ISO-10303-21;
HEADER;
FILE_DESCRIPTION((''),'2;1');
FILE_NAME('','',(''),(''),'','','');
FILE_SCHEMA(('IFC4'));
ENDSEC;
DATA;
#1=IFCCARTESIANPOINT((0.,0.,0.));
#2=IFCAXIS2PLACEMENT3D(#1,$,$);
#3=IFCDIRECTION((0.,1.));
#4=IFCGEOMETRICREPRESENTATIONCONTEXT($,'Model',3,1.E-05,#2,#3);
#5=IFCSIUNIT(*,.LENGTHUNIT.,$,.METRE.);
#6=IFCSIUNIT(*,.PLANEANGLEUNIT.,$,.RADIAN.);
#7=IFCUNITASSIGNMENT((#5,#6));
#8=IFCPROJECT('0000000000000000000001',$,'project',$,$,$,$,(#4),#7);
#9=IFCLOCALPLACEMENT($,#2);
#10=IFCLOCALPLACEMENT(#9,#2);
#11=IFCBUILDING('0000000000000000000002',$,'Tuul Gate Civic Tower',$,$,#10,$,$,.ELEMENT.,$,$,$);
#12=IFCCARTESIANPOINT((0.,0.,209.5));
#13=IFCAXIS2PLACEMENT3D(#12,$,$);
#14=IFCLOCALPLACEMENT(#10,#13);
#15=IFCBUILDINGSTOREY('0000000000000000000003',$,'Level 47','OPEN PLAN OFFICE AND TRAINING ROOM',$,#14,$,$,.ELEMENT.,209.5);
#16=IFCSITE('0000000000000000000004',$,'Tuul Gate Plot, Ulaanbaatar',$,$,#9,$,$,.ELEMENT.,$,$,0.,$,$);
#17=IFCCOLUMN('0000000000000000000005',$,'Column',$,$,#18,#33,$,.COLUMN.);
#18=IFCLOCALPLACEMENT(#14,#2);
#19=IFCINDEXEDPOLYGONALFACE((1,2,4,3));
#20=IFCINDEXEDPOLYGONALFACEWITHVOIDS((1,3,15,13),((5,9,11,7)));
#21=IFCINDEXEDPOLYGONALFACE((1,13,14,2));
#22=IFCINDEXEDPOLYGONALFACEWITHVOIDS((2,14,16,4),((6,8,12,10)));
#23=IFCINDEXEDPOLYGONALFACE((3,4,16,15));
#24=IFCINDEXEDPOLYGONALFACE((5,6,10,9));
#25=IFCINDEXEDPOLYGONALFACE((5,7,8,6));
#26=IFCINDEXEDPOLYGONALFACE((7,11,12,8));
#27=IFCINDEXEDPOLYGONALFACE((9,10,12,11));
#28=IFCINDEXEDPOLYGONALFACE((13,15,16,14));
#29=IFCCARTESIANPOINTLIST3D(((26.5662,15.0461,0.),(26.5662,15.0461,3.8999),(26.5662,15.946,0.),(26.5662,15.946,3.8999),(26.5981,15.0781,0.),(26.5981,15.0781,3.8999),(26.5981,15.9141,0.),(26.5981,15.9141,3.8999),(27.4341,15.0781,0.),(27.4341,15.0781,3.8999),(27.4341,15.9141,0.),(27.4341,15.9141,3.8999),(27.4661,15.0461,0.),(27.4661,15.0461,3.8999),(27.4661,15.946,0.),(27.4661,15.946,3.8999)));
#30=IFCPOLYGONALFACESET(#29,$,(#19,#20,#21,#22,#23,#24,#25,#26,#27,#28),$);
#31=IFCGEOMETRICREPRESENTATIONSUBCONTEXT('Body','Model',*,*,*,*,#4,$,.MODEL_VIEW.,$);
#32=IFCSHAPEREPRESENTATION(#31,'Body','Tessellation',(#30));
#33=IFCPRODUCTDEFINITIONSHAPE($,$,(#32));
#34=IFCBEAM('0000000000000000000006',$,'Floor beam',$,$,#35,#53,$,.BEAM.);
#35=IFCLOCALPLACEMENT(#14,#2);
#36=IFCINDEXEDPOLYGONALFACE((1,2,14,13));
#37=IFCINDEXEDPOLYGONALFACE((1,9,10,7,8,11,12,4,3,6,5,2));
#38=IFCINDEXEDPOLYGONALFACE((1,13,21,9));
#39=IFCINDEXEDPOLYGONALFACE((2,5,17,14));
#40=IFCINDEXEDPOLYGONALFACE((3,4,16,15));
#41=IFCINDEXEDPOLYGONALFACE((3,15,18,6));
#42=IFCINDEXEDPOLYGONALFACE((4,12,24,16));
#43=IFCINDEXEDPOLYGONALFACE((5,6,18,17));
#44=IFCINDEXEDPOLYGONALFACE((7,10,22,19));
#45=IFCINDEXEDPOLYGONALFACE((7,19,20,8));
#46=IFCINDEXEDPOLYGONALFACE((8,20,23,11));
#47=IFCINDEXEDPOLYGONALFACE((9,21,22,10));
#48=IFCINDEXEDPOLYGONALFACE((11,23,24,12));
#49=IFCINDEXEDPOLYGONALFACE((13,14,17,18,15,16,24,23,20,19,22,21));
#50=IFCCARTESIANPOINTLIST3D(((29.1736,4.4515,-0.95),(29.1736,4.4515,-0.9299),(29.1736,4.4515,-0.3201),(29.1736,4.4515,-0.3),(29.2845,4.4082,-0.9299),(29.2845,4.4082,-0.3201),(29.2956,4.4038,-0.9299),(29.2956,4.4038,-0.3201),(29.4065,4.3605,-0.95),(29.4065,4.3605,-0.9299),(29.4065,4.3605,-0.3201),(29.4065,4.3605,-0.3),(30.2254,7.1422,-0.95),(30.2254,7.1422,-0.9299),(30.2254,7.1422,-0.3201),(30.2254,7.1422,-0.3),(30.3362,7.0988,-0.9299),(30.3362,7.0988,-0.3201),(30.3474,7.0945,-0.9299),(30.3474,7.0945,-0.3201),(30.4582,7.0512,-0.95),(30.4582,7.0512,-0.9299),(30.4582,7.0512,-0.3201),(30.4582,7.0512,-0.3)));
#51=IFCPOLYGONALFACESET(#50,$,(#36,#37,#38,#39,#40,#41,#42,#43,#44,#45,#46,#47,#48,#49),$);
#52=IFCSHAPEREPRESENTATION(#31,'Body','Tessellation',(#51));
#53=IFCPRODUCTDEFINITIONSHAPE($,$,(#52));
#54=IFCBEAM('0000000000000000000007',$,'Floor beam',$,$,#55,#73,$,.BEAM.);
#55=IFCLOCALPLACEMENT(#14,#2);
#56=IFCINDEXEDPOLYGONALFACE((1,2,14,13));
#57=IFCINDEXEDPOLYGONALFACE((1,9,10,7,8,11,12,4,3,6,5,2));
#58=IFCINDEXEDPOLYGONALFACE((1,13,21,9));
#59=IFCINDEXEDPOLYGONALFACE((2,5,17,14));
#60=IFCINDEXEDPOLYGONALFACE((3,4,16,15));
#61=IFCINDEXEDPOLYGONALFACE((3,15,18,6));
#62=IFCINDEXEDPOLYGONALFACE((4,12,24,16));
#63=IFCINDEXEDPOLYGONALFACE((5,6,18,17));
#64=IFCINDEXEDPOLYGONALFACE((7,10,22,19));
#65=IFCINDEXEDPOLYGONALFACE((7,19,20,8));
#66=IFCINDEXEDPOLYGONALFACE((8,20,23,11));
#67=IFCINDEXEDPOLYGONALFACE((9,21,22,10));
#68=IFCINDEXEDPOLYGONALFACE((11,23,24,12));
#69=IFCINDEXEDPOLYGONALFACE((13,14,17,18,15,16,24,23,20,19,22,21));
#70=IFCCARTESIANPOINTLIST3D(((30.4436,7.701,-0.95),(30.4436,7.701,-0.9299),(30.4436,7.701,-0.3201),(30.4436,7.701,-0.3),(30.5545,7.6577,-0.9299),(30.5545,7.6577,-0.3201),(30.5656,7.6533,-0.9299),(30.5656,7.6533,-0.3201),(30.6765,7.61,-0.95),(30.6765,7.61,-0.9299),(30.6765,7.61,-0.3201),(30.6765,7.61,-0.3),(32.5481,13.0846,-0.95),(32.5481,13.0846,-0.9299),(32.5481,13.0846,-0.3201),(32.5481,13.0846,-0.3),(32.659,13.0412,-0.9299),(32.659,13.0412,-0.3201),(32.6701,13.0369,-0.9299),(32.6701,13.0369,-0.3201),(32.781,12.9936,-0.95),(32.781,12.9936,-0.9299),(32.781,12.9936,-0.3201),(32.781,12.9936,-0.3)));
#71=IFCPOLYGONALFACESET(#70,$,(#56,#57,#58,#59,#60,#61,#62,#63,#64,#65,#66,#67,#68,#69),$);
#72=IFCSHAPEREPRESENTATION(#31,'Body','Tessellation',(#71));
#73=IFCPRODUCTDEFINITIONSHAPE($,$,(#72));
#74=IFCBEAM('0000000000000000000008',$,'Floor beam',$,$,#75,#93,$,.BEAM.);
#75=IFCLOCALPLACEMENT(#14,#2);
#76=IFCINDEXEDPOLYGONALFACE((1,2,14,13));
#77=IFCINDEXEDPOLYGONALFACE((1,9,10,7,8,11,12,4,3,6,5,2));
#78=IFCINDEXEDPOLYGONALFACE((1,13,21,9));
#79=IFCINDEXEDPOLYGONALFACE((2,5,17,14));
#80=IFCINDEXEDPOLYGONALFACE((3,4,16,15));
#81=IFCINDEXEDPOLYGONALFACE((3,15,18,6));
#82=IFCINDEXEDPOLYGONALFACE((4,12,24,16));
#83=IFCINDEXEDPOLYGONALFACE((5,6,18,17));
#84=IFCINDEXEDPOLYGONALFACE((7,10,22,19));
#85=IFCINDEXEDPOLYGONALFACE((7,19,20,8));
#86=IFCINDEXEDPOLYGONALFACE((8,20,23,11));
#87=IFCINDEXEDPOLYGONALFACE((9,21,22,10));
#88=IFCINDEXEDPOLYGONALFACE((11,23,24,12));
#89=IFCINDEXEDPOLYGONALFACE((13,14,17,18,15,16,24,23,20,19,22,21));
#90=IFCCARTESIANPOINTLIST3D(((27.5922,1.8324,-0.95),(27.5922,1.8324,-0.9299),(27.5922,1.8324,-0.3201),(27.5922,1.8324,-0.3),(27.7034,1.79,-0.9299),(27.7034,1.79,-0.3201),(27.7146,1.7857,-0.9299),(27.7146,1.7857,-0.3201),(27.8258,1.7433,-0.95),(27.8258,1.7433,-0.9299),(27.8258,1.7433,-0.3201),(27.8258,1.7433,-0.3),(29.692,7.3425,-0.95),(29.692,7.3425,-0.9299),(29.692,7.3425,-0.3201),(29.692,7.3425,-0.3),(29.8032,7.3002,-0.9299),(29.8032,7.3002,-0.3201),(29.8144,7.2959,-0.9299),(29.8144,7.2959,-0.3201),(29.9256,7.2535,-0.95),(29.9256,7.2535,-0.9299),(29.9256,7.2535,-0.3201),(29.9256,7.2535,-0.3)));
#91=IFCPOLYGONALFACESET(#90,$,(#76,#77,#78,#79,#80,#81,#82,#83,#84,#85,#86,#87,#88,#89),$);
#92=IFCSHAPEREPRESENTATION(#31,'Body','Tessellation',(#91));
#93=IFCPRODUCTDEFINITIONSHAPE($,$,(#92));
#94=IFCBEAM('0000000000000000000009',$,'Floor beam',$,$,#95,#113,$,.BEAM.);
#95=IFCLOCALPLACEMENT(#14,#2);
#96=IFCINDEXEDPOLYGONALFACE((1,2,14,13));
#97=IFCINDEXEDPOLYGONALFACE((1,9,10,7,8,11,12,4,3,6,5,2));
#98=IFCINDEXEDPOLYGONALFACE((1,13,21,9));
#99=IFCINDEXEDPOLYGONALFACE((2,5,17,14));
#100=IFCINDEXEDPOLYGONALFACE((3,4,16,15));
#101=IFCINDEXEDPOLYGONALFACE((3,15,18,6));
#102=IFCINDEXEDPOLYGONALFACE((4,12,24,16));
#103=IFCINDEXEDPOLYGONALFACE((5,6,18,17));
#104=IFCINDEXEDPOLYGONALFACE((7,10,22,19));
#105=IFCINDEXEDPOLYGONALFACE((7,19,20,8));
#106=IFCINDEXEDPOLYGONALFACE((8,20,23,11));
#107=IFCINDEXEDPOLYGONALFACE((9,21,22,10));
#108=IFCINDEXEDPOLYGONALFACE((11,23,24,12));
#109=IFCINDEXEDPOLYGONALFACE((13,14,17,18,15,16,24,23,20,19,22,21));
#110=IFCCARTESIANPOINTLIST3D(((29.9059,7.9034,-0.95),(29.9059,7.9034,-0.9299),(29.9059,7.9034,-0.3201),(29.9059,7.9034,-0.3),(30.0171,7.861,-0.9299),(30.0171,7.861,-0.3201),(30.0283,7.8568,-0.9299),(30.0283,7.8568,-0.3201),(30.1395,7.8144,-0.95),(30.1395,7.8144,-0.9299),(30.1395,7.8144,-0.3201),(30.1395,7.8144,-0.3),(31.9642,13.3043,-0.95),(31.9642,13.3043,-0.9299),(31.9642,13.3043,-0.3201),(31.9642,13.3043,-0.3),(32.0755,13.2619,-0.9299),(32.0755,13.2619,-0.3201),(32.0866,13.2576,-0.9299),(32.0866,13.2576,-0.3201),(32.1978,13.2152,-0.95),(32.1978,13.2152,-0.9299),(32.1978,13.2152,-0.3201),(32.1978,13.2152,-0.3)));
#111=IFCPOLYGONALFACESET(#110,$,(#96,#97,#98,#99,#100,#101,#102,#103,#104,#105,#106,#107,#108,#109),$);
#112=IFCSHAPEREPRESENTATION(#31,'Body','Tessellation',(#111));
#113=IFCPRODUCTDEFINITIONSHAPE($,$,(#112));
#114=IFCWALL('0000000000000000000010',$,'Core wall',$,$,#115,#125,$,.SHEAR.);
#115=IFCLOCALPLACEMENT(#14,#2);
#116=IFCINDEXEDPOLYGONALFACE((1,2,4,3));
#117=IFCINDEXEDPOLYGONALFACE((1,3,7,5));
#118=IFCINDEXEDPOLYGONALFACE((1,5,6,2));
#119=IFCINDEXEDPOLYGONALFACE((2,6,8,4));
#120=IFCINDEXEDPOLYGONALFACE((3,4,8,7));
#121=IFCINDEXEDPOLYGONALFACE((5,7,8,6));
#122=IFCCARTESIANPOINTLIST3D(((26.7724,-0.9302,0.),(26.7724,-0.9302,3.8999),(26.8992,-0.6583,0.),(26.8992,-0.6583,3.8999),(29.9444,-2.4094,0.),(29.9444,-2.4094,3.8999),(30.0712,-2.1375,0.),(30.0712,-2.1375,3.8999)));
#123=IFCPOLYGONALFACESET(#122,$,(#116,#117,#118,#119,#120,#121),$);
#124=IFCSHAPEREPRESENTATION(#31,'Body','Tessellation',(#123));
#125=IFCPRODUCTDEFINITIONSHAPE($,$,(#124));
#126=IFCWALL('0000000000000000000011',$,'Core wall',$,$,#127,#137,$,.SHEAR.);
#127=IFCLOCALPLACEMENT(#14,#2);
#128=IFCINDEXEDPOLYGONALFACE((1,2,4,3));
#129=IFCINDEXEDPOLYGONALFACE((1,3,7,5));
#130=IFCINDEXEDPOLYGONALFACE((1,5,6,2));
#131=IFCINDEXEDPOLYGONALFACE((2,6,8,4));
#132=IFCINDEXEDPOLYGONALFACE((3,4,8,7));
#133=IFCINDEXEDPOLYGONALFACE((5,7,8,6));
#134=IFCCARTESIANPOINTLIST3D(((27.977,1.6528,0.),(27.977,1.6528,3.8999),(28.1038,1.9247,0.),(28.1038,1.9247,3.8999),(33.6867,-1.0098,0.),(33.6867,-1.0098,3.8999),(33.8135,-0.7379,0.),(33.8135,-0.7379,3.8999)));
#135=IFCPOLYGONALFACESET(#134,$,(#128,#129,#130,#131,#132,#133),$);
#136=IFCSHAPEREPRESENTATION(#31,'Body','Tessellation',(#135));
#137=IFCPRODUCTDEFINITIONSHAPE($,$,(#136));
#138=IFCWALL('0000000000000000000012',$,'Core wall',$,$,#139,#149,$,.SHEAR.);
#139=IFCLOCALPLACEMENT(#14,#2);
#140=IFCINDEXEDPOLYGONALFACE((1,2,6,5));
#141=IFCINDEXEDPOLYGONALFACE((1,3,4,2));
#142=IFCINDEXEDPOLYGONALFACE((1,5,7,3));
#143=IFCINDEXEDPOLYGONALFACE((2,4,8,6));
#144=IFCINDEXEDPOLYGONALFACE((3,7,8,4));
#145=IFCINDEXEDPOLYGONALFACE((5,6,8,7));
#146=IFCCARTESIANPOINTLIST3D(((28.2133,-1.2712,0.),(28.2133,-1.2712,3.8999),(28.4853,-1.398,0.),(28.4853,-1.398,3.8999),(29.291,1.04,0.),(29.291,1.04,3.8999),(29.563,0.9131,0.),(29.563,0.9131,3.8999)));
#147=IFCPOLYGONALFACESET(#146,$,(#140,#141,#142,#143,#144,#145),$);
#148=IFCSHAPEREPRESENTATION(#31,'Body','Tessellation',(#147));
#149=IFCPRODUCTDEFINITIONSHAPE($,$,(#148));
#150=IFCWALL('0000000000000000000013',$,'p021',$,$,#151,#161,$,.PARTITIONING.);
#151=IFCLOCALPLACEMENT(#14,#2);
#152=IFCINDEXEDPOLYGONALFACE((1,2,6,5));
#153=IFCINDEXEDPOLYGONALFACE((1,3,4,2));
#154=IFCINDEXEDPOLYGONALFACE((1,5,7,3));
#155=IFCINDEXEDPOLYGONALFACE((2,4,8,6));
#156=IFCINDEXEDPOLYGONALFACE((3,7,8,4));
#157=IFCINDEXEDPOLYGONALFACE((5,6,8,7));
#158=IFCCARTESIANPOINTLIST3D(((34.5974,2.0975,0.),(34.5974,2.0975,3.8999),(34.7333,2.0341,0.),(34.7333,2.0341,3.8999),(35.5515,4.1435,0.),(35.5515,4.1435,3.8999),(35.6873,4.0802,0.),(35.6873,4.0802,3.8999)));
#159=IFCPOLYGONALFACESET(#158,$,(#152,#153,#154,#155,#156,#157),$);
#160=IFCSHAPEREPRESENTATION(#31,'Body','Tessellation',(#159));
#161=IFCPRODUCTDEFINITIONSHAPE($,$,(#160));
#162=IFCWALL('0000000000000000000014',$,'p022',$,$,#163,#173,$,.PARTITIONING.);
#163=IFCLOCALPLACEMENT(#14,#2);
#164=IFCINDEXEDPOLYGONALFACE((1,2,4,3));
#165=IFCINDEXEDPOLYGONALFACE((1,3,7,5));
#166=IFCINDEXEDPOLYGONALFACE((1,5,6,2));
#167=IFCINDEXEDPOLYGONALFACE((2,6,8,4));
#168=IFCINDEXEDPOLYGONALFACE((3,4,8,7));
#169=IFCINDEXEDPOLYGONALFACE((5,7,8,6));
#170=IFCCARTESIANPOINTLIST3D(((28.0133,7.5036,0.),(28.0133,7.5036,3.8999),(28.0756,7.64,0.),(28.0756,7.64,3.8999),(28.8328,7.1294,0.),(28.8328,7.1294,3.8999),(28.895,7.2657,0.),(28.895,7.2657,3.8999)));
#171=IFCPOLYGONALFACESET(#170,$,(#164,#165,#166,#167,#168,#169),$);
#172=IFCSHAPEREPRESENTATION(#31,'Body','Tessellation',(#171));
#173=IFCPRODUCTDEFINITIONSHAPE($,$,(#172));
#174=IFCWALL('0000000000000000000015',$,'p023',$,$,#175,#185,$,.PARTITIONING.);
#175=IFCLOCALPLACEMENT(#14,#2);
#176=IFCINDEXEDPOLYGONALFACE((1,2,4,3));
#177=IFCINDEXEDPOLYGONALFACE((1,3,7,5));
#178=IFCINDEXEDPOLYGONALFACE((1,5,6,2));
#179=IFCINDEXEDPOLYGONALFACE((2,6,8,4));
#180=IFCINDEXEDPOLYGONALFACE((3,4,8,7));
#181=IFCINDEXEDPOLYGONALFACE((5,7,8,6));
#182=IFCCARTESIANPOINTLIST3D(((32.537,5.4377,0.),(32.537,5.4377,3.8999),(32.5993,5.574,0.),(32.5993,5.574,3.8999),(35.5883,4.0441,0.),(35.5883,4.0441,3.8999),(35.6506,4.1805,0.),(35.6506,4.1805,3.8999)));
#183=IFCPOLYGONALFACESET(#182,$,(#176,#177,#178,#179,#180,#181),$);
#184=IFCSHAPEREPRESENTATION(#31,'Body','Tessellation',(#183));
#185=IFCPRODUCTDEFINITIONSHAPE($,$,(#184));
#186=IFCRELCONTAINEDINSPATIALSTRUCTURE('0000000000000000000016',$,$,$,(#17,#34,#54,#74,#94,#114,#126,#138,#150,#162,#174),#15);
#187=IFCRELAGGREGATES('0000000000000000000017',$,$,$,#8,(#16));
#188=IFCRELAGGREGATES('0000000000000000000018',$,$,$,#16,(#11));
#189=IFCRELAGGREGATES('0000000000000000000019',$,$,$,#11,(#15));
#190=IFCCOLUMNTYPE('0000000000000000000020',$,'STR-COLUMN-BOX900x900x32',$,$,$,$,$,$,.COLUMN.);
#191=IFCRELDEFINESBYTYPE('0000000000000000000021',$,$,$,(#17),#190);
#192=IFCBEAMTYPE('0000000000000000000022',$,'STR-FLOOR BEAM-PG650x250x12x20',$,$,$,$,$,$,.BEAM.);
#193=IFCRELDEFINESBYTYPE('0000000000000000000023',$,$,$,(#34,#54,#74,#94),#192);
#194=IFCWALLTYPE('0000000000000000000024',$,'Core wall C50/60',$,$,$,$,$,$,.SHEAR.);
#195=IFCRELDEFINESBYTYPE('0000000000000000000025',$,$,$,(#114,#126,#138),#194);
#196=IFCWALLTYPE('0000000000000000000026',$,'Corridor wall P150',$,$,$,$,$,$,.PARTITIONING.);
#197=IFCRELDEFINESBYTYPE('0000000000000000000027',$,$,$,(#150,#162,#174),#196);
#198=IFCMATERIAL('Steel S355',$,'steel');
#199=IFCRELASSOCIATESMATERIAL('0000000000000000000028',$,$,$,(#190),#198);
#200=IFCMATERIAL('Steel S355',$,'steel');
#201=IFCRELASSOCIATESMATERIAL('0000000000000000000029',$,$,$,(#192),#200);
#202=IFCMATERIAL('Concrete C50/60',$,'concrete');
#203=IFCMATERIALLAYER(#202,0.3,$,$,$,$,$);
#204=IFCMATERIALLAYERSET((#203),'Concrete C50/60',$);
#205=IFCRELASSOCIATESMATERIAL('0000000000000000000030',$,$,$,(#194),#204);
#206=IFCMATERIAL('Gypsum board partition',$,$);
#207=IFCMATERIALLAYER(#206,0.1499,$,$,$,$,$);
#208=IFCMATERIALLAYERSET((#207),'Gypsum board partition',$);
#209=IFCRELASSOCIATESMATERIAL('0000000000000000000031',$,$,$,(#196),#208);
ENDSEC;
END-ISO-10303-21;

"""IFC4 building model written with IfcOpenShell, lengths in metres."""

from ifc_helpers import new_model, si_unit, direction, frame, frame_2d, origin, origin_2d, place, context, subcontext, project, spatial, rectangle, hollow_rectangle, i_section, extrude, material, layer, layer_set, material_profile, profile_set, type_object, element, save


model = new_model("IFC4")

# Units and contexts
model_context = context("Model", 3, precision=1e-05, world=origin(), true_north=direction((0.0, 1.0)))
body_context = subcontext(model_context, "Body", "Model", "MODEL_VIEW")
ifc_project = project(units=[si_unit("LENGTHUNIT", "METRE"), si_unit("PLANEANGLEUNIT", "RADIAN")], contexts=[model_context])

# Site, building, storey
site_placement = place(None, origin())
site = spatial("IfcSite", under=ifc_project, at=site_placement, Name="Tuul Gate Plot, Ulaanbaatar", CompositionType="ELEMENT", RefElevation=0.0)
building_placement = place(site_placement, origin())
building = spatial("IfcBuilding", under=site, at=building_placement, Name="Tuul Gate Civic Tower", CompositionType="ELEMENT")
storey_placement = place(building_placement, frame((0.0, 0.0, 209.5)))
storey = spatial("IfcBuildingStorey", under=building, at=storey_placement, Name="Level 47", Description="OPEN PLAN OFFICE AND TRAINING ROOM", CompositionType="ELEMENT", Elevation=209.5)

# Column
ifc_material_1 = material(Name="Steel S355", Category="steel")
ifc_material_profile_1 = material_profile(ifc_material_1, hollow_rectangle(XDim=0.8999, YDim=0.8999, WallThickness=0.032, at=origin_2d()), Name="BOX900x900x32")
ifc_profile_set_1 = profile_set([ifc_material_profile_1], Name="Steel S355")
column_type = type_object("IfcColumnType", Name="STR-COLUMN-BOX900x900x32", PredefinedType="COLUMN", material=ifc_profile_set_1)
column_placement = place(storey_placement, frame((27.0161, 15.4961, 0.0), z_axis=(0.0, 0.0, 1.0), x_axis=(1.0, 0.0, 0.0)))
element("IfcColumn", 1, at=column_placement, inside=storey, type_object=column_type, Name="Column", PredefinedType="COLUMN", context=body_context, shape_type="SweptSolid", body=[
    extrude(hollow_rectangle(XDim=0.8999, YDim=0.8999, WallThickness=0.032, at=origin_2d()), origin(), (0.0, 0.0, 1.0), 3.8999),
])

# Beams
ifc_material_2 = material(Name="Steel S355", Category="steel")
ifc_material_profile_2 = material_profile(ifc_material_2, i_section(OverallWidth=0.25, OverallDepth=0.6499, WebThickness=0.012, FlangeThickness=0.02, at=origin_2d()), Name="PG650x250x12x20")
ifc_profile_set_2 = profile_set([ifc_material_profile_2], Name="Steel S355")
beam_type = type_object("IfcBeamType", Name="STR-FLOOR BEAM-PG650x250x12x20", PredefinedType="BEAM", material=ifc_profile_set_2)
beam_1_placement = place(storey_placement, frame((29.29, 4.406, -0.625), z_axis=(0.364065, 0.931374, 0.0), x_axis=(-0.931374, 0.364065, 0.0)))
element("IfcBeam", 2, at=beam_1_placement, inside=storey, type_object=beam_type, Name="Floor beam", PredefinedType="BEAM", context=body_context, shape_type="SweptSolid", body=[
    extrude(i_section(OverallWidth=0.25, OverallDepth=0.6499, WebThickness=0.012, FlangeThickness=0.02, at=origin_2d()), origin(), (0.0, 0.0, 1.0), 2.8889),
])
beam_2_placement = place(storey_placement, frame((30.5601, 7.6555, -0.625), z_axis=(0.364082, 0.931367, 0.0), x_axis=(-0.931367, 0.364082, 0.0)))
element("IfcBeam", 3, at=beam_2_placement, inside=storey, type_object=beam_type, Name="Floor beam", PredefinedType="BEAM", context=body_context, shape_type="SweptSolid", body=[
    extrude(i_section(OverallWidth=0.25, OverallDepth=0.6499, WebThickness=0.012, FlangeThickness=0.02, at=origin_2d()), origin(), (0.0, 0.0, 1.0), 5.7803),
])
beam_3_placement = place(storey_placement, frame((27.709, 1.7878, -0.625), z_axis=(0.3561, 0.934448, 0.0), x_axis=(-0.934448, 0.3561, 0.0)))
element("IfcBeam", 4, at=beam_3_placement, inside=storey, type_object=beam_type, Name="Floor beam", PredefinedType="BEAM", context=body_context, shape_type="SweptSolid", body=[
    extrude(i_section(OverallWidth=0.25, OverallDepth=0.6499, WebThickness=0.012, FlangeThickness=0.02, at=origin_2d()), origin(), (0.0, 0.0, 1.0), 5.8967),
])
beam_4_placement = place(storey_placement, frame((30.0227, 7.8589, -0.625), z_axis=(0.356127, 0.934438, 0.0), x_axis=(-0.934438, 0.356127, 0.0)))
element("IfcBeam", 5, at=beam_4_placement, inside=storey, type_object=beam_type, Name="Floor beam", PredefinedType="BEAM", context=body_context, shape_type="SweptSolid", body=[
    extrude(i_section(OverallWidth=0.25, OverallDepth=0.6499, WebThickness=0.012, FlangeThickness=0.02, at=origin_2d()), origin(), (0.0, 0.0, 1.0), 5.7798),
])

# Walls
ifc_material_3 = material(Name="Concrete C50/60", Category="concrete")
ifc_layer_1 = layer(ifc_material_3, 0.3)
ifc_layer_set_1 = layer_set([ifc_layer_1], Name="Concrete C50/60")
wall_type_1 = type_object("IfcWallType", Name="Core wall C50/60", PredefinedType="SHEAR", material=ifc_layer_set_1)
wall_1_placement = place(storey_placement, frame((30.0078, -2.2734, 0.0), z_axis=(0.0, 0.0, 1.0), x_axis=(-0.906301, 0.422633, 0.0)))
element("IfcWall", 6, at=wall_1_placement, inside=storey, type_object=wall_type_1, Name="Core wall", PredefinedType="SHEAR", context=body_context, shape_type="SweptSolid", body=[
    extrude(rectangle(XDim=3.5, YDim=0.3, at=frame_2d((1.75, 0.0))), origin(), (0.0, 0.0, 1.0), 3.8999),
])
wall_2_placement = place(storey_placement, frame((33.75, -0.8738, 0.0), z_axis=(0.0, 0.0, 1.0), x_axis=(-0.906301, 0.422633, 0.0)))
element("IfcWall", 7, at=wall_2_placement, inside=storey, type_object=wall_type_1, Name="Core wall", PredefinedType="SHEAR", context=body_context, shape_type="SweptSolid", body=[
    extrude(rectangle(XDim=6.3, YDim=0.3, at=frame_2d((3.1499, 0.0))), origin(), (0.0, 0.0, 1.0), 3.8999),
])
wall_3_placement = place(storey_placement, frame((28.3494, -1.3345, 0.0), z_axis=(0.0, 0.0, 1.0), x_axis=(0.422613, 0.90631, 0.0)))
element("IfcWall", 8, at=wall_3_placement, inside=storey, type_object=wall_type_1, Name="Core wall", PredefinedType="SHEAR", context=body_context, shape_type="SweptSolid", body=[
    extrude(rectangle(XDim=2.55, YDim=0.3, at=frame_2d((1.2749, 0.0))), origin(), (0.0, 0.0, 1.0), 3.8999),
])
ifc_material_4 = material(Name="Gypsum board partition")
ifc_layer_2 = layer(ifc_material_4, 0.1499)
ifc_layer_set_2 = layer_set([ifc_layer_2], Name="Gypsum board partition")
wall_type_2 = type_object("IfcWallType", Name="Corridor wall P150", PredefinedType="PARTITIONING", material=ifc_layer_set_2)
wall_4_placement = place(storey_placement, frame((34.6653, 2.0657, 0.0), z_axis=(0.0, 0.0, 1.0), x_axis=(0.422607, 0.906313, 0.0)))
element("IfcWall", 9, at=wall_4_placement, inside=storey, type_object=wall_type_2, Name="p021", PredefinedType="PARTITIONING", context=body_context, shape_type="SweptSolid", body=[
    extrude(rectangle(XDim=2.2576, YDim=0.1499, at=frame_2d((1.1289, 0.0))), origin(), (0.0, 0.0, 1.0), 3.8999),
])
wall_5_placement = place(storey_placement, frame((28.0444, 7.5718, 0.0), z_axis=(0.0, 0.0, 1.0), x_axis=(0.909641, -0.415395, 0.0)))
element("IfcWall", 10, at=wall_5_placement, inside=storey, type_object=wall_type_2, Name="p022", PredefinedType="PARTITIONING", context=body_context, shape_type="SweptSolid", body=[
    extrude(rectangle(XDim=0.9009, YDim=0.1499, at=frame_2d((0.4504, 0.0))), origin(), (0.0, 0.0, 1.0), 3.8999),
])
wall_6_placement = place(storey_placement, frame((32.5681, 5.5059, 0.0), z_axis=(0.0, 0.0, 1.0), x_axis=(0.909622, -0.415436, 0.0)))
element("IfcWall", 11, at=wall_6_placement, inside=storey, type_object=wall_type_2, Name="p023", PredefinedType="PARTITIONING", context=body_context, shape_type="SweptSolid", body=[
    extrude(rectangle(XDim=3.3545, YDim=0.1499, at=frame_2d((1.6772, 0.0))), origin(), (0.0, 0.0, 1.0), 3.8999),
])

save(model, "model.ifc")
